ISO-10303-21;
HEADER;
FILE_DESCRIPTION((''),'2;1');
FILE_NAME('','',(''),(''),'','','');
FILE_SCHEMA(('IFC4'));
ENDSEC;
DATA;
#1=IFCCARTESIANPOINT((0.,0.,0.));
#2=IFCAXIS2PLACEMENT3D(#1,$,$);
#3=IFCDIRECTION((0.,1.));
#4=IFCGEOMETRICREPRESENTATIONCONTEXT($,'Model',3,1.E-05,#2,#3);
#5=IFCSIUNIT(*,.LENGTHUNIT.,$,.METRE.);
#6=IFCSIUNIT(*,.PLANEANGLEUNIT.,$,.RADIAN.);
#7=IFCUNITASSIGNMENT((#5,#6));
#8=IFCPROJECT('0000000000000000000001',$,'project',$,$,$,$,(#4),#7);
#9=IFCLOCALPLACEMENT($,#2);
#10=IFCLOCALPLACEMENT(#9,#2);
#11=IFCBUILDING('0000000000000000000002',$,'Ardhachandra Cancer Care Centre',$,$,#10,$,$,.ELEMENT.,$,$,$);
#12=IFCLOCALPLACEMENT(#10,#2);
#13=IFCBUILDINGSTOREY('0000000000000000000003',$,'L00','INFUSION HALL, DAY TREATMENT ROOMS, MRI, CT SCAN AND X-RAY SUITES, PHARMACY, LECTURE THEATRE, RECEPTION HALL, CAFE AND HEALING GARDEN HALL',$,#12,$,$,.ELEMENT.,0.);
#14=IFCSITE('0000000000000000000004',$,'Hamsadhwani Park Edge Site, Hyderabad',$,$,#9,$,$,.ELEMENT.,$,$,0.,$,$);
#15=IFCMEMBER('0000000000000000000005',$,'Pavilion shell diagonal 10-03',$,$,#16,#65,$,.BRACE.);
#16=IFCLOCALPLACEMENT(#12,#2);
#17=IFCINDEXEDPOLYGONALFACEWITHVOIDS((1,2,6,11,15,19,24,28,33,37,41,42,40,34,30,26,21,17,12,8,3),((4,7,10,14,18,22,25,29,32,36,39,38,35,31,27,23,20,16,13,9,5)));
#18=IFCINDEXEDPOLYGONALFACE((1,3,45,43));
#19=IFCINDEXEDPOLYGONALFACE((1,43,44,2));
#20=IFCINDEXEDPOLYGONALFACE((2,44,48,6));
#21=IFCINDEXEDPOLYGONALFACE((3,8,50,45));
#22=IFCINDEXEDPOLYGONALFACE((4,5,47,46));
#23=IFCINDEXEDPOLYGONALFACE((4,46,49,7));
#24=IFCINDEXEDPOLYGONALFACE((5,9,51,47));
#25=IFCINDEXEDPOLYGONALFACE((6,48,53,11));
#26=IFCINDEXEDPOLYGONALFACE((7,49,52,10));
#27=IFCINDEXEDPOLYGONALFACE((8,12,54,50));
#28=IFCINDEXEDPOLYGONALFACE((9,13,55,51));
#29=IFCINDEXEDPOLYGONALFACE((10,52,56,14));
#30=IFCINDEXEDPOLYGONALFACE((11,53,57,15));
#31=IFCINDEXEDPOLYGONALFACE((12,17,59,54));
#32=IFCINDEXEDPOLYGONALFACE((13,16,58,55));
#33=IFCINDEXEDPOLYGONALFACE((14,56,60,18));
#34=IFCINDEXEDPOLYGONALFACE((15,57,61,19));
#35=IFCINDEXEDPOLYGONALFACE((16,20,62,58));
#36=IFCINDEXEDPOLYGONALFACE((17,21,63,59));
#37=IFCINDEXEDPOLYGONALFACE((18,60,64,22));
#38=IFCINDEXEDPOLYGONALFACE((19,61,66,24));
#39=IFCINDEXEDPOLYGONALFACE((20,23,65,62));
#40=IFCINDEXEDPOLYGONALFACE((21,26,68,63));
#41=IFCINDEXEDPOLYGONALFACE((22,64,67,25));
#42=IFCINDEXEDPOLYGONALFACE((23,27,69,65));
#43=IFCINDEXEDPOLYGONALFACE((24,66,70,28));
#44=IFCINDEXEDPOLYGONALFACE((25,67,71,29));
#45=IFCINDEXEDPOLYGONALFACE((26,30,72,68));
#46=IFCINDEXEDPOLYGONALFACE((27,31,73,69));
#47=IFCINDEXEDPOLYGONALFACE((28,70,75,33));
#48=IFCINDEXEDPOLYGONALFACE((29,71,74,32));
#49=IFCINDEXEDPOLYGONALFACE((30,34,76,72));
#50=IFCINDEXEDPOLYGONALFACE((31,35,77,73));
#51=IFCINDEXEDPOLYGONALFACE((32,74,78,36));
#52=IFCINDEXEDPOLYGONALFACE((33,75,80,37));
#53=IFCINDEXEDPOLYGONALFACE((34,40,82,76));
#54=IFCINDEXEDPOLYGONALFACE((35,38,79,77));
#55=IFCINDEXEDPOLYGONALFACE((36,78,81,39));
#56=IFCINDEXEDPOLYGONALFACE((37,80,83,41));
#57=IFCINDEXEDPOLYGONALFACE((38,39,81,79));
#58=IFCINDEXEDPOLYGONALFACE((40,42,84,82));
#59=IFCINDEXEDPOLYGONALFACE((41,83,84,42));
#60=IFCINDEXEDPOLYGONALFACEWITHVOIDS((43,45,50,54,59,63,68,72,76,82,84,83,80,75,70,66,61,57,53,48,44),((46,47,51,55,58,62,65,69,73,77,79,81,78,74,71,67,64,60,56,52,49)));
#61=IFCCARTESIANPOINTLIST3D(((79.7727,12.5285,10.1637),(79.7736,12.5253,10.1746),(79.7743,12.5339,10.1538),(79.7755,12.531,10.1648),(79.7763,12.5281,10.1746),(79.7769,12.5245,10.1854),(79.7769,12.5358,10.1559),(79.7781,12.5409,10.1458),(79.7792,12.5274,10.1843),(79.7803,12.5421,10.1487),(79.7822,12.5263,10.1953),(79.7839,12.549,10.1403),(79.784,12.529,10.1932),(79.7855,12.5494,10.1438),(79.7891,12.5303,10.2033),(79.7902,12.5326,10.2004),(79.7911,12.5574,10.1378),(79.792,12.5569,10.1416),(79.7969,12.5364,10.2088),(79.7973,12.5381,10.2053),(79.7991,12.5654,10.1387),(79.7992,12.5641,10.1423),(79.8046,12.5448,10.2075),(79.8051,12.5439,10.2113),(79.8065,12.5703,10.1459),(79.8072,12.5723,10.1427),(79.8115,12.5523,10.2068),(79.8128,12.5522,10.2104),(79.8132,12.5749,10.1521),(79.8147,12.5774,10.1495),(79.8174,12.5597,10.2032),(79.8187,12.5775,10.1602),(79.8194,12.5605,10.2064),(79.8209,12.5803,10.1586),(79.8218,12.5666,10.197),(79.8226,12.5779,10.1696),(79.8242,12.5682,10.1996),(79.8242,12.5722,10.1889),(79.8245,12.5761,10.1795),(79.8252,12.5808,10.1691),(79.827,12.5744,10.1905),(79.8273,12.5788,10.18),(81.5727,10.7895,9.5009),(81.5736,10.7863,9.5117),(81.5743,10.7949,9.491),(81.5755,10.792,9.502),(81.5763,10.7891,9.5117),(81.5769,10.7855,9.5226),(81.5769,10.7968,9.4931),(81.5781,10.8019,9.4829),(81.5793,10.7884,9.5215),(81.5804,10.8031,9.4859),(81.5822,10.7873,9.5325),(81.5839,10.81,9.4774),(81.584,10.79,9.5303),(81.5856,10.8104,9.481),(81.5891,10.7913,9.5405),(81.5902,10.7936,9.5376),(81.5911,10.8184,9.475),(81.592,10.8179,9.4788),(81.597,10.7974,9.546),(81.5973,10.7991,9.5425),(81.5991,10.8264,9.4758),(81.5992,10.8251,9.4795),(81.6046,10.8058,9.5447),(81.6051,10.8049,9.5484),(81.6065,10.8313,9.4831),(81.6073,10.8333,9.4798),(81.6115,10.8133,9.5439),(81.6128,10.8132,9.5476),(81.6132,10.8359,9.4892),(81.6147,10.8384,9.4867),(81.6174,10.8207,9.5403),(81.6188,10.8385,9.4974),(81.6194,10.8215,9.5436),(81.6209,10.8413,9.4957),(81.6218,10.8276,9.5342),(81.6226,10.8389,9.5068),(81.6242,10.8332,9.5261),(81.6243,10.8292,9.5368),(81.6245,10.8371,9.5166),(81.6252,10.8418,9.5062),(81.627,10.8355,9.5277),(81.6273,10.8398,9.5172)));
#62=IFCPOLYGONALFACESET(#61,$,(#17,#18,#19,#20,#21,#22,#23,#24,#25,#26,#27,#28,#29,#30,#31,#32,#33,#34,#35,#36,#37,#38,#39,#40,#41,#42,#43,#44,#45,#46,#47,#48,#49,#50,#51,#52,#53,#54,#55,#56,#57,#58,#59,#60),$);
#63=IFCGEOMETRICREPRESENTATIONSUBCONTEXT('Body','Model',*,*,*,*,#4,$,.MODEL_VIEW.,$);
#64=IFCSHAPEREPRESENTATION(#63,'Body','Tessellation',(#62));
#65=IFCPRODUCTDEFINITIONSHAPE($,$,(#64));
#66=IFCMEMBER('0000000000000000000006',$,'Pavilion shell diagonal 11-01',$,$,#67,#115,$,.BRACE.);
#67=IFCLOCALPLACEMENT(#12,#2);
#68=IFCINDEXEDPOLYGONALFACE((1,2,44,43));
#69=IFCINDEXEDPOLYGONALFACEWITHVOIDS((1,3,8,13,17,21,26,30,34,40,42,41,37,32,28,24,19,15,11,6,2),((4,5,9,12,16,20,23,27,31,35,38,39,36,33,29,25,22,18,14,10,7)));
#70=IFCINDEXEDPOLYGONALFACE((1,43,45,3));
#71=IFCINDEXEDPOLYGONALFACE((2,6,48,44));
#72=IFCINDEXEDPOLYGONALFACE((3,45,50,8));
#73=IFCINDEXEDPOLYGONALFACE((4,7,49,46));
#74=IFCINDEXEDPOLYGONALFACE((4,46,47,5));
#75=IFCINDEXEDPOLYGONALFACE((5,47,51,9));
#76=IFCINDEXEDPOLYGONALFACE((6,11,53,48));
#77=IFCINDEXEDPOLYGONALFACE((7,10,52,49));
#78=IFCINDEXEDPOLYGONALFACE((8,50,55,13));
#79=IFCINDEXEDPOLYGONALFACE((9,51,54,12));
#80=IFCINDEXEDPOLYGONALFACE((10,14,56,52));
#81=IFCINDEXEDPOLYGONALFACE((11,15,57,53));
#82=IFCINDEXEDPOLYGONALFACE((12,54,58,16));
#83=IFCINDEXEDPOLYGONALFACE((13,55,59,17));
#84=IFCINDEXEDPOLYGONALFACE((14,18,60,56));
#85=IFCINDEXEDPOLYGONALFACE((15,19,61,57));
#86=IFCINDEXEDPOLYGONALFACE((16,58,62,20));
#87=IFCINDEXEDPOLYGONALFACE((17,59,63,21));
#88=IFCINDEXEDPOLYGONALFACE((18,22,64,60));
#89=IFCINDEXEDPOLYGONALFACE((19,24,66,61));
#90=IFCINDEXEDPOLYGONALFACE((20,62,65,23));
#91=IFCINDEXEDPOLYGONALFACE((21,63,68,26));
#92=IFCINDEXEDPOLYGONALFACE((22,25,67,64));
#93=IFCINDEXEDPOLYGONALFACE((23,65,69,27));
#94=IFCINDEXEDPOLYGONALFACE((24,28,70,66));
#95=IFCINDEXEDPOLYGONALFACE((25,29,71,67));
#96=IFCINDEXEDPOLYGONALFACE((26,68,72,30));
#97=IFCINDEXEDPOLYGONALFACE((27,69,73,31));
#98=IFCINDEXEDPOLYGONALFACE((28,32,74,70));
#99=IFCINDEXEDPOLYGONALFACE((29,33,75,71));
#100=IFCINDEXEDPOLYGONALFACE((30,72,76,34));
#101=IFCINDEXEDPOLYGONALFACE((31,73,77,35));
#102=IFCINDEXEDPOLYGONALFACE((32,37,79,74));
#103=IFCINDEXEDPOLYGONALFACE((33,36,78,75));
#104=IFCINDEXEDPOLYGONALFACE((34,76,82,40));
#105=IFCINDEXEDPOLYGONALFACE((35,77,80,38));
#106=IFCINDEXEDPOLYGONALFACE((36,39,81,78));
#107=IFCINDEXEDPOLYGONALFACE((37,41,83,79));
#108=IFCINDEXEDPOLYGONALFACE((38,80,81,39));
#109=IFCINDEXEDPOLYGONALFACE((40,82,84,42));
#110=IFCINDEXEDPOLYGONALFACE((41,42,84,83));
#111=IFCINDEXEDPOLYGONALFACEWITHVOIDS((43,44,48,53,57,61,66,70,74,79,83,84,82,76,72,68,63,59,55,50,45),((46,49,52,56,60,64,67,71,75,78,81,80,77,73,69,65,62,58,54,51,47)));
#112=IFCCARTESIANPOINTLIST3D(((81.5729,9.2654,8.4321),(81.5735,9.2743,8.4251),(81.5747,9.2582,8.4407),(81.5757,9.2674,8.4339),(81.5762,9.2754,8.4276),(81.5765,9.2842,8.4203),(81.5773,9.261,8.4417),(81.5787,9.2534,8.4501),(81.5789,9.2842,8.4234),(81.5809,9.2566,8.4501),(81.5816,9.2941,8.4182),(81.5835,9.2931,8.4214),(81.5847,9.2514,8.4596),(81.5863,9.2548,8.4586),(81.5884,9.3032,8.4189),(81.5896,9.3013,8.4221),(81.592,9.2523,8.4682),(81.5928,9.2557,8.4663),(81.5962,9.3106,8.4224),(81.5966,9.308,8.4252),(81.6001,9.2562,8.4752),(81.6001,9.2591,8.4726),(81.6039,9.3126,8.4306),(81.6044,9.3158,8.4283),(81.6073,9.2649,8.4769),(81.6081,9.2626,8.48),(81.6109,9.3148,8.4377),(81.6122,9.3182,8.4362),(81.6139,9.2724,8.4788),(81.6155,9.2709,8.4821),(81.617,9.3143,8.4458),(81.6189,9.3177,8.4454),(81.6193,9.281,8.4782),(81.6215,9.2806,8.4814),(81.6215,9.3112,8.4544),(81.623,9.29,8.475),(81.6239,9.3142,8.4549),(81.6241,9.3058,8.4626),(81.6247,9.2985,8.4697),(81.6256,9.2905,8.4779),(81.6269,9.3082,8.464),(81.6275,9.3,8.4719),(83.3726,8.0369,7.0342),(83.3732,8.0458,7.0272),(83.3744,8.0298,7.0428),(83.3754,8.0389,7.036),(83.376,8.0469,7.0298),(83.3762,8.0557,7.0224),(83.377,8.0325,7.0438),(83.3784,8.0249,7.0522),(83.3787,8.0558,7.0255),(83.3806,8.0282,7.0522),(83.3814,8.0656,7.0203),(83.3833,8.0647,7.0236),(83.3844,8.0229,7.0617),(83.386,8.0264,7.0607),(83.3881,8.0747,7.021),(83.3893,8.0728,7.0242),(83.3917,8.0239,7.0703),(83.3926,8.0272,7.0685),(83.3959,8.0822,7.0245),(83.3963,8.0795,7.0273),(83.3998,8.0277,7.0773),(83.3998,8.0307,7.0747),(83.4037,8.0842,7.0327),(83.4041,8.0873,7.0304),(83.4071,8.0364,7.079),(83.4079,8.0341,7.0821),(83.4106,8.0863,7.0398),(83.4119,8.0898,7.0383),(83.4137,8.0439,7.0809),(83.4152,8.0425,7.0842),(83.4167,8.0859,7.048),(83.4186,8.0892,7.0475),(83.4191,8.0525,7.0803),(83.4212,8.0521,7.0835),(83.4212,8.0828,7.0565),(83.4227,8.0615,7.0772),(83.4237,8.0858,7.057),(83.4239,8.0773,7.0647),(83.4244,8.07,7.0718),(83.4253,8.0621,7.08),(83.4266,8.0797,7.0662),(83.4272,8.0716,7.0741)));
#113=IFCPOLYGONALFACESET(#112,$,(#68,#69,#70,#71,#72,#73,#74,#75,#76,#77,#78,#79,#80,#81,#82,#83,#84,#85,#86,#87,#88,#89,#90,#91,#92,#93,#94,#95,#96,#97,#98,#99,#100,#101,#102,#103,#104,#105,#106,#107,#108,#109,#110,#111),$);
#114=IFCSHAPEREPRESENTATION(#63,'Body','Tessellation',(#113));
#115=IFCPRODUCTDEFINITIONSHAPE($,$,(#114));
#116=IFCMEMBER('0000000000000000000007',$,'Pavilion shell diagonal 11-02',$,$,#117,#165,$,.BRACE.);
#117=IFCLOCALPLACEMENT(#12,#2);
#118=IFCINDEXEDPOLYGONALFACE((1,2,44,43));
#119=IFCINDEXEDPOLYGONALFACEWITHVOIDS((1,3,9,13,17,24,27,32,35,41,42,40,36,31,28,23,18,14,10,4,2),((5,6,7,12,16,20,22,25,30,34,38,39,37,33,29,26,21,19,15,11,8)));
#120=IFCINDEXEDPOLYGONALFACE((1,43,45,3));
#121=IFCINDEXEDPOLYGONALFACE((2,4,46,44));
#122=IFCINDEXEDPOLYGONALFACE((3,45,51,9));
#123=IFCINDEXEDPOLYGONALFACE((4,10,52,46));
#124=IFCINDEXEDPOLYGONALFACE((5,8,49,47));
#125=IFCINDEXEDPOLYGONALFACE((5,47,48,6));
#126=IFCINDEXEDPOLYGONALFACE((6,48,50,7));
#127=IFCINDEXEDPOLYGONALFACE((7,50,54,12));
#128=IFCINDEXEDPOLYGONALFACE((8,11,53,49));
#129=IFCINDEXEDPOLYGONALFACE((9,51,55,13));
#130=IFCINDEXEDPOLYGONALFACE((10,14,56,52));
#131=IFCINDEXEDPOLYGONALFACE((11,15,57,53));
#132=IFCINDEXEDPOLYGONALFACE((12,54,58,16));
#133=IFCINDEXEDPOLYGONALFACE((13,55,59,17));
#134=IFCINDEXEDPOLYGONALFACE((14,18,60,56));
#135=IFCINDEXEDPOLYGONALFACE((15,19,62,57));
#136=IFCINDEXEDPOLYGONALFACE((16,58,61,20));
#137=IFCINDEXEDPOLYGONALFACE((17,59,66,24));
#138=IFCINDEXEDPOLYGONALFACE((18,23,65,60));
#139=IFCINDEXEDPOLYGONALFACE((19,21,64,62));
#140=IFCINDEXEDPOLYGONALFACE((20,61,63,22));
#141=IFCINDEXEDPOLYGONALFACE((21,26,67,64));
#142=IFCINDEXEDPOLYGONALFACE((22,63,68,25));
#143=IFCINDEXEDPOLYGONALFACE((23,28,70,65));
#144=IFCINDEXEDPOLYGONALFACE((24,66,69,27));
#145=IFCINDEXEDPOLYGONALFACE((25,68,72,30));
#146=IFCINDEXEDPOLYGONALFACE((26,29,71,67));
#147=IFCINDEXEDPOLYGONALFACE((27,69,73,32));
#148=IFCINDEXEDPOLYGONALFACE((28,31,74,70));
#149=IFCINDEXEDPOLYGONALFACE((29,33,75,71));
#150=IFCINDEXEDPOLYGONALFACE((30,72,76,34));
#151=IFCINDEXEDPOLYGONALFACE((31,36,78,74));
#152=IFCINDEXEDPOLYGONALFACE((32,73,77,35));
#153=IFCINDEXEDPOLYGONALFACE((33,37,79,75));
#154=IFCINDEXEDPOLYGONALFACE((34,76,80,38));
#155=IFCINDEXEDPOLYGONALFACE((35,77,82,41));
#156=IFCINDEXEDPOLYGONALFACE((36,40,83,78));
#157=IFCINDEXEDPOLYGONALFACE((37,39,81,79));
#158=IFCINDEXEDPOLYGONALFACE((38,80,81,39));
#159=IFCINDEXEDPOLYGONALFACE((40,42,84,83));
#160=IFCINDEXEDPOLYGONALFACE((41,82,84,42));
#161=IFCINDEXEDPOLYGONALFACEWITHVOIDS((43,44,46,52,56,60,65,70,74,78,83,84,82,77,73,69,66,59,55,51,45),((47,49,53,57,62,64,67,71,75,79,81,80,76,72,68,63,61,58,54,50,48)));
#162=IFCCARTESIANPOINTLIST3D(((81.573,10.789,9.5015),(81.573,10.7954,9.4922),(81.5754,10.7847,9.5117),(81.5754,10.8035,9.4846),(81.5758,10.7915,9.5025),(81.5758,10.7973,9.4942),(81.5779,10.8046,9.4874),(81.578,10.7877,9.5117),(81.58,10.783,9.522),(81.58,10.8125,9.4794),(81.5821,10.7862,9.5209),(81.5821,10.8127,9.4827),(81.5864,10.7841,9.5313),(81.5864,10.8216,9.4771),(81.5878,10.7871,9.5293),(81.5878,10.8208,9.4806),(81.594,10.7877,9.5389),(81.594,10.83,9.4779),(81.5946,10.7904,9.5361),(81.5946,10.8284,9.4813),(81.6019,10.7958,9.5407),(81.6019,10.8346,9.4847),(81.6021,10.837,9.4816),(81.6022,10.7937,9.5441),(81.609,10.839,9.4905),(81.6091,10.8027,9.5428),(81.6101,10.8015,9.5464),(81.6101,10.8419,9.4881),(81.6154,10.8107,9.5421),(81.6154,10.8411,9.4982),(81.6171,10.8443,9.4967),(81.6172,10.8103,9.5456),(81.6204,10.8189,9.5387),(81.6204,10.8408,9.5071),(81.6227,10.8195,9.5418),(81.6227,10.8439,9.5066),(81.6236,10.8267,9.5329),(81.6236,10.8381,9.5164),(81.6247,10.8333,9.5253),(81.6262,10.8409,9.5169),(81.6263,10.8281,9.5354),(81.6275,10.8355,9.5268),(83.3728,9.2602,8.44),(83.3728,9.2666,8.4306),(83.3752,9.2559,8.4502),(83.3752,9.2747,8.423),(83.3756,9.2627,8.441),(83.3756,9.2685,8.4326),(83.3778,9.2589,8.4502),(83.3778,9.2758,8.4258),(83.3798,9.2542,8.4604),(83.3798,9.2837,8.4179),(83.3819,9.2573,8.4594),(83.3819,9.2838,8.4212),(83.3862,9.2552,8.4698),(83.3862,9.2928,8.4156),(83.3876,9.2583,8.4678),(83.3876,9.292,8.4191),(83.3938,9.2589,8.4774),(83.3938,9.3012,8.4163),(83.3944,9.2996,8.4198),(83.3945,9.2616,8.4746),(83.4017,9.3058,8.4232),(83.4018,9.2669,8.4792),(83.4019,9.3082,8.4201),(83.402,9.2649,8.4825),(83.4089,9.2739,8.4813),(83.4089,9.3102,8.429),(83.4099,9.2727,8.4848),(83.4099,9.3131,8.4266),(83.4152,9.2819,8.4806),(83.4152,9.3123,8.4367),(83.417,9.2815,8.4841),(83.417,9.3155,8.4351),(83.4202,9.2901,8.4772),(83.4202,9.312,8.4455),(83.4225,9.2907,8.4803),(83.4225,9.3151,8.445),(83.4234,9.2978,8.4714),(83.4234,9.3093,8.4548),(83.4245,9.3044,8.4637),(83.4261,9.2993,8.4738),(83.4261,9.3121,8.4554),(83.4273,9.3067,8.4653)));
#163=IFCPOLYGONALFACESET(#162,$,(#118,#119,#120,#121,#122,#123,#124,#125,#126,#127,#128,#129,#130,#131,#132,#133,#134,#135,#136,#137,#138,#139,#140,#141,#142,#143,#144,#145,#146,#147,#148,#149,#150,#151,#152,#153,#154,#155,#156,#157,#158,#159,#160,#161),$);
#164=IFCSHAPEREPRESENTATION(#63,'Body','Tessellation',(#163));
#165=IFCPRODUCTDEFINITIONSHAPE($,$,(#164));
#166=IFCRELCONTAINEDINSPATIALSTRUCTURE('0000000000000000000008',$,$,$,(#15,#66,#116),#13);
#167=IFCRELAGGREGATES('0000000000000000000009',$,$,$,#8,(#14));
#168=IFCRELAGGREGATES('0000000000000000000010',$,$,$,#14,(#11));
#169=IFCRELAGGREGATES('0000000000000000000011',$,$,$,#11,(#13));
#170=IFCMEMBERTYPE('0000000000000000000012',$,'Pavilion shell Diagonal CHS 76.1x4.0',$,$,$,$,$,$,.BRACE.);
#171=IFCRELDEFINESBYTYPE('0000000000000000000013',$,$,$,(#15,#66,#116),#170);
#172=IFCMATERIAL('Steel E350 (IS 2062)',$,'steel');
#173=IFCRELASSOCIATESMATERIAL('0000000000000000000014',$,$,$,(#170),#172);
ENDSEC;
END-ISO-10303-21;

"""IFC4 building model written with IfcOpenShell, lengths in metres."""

from ifc_helpers import new_model, si_unit, direction, frame, origin, origin_2d, place, context, subcontext, project, spatial, hollow_circle, extrude, material, material_profile, profile_set, type_object, element, save


model = new_model("IFC4")

# Units and contexts
model_context = context("Model", 3, precision=1e-05, world=origin(), true_north=direction((0.0, 1.0)))
body_context = subcontext(model_context, "Body", "Model", "MODEL_VIEW")
ifc_project = project(units=[si_unit("LENGTHUNIT", "METRE"), si_unit("PLANEANGLEUNIT", "RADIAN")], contexts=[model_context])

# Site, building, storey
site_placement = place(None, origin())
site = spatial("IfcSite", under=ifc_project, at=site_placement, Name="Hamsadhwani Park Edge Site, Hyderabad", CompositionType="ELEMENT", RefElevation=0.0)
building_placement = place(site_placement, origin())
building = spatial("IfcBuilding", under=site, at=building_placement, Name="Ardhachandra Cancer Care Centre", CompositionType="ELEMENT")
storey_placement = place(building_placement, origin())
storey = spatial("IfcBuildingStorey", under=building, at=storey_placement, Name="L00", Description="INFUSION HALL, DAY TREATMENT ROOMS, MRI, CT SCAN AND X-RAY SUITES, PHARMACY, LECTURE THEATRE, RECEPTION HALL, CAFE AND HEALING GARDEN HALL", CompositionType="ELEMENT", Elevation=0.0)

# Members
ifc_material_1 = material(Name="Steel E350 (IS 2062)", Category="steel")
ifc_material_profile_1 = material_profile(ifc_material_1, hollow_circle(Radius=0.0381, WallThickness=0.0039, at=origin_2d()), Name="CHS 76.1x4.0")
ifc_profile_set_1 = profile_set([ifc_material_profile_1], Name="Steel E350 (IS 2062)")
member_type_1 = type_object("IfcMemberType", Name="Pavilion shell Diagonal CHS 76.1x4.0", PredefinedType="BRACE", material=ifc_profile_set_1)
member_1_placement = place(storey_placement, frame((81.6001, 10.8137, 9.5117), z_axis=(-0.695227, 0.671654, 0.256007), x_axis=(-0.694809, -0.719195, 0.0)))
element("IfcMember", 1, at=member_1_placement, inside=storey, type_object=member_type_1, Name="Pavilion shell diagonal 10-03", PredefinedType="BRACE", context=body_context, shape_type="SweptSolid", body=[
    extrude(hollow_circle(Radius=0.0381, WallThickness=0.0039, at=origin_2d()), origin(), (0.0, 0.0, 1.0), 2.5891),
])
member_2_placement = place(storey_placement, frame((83.3999, 8.0564, 7.0522), z_axis=(-0.695179, 0.474518, 0.539962), x_axis=(-0.563768, -0.825933, 0.0)))
element("IfcMember", 2, at=member_2_placement, inside=storey, type_object=member_type_1, Name="Pavilion shell diagonal 11-01", PredefinedType="BRACE", context=body_context, shape_type="SweptSolid", body=[
    extrude(hollow_circle(Radius=0.0381, WallThickness=0.0039, at=origin_2d()), origin(), (0.0, 0.0, 1.0), 2.5889),
])
member_3_placement = place(storey_placement, frame((83.3999, 9.2849, 8.4502), z_axis=(-0.69515, 0.590481, 0.409999), x_axis=(-0.647396, -0.762154, 0.0)))
element("IfcMember", 3, at=member_3_placement, inside=storey, type_object=member_type_1, Name="Pavilion shell diagonal 11-02", PredefinedType="BRACE", context=body_context, shape_type="SweptSolid", body=[
    extrude(hollow_circle(Radius=0.0381, WallThickness=0.0039, at=origin_2d()), origin(), (0.0, 0.0, 1.0), 2.5891),
])

save(model, "model.ifc")
